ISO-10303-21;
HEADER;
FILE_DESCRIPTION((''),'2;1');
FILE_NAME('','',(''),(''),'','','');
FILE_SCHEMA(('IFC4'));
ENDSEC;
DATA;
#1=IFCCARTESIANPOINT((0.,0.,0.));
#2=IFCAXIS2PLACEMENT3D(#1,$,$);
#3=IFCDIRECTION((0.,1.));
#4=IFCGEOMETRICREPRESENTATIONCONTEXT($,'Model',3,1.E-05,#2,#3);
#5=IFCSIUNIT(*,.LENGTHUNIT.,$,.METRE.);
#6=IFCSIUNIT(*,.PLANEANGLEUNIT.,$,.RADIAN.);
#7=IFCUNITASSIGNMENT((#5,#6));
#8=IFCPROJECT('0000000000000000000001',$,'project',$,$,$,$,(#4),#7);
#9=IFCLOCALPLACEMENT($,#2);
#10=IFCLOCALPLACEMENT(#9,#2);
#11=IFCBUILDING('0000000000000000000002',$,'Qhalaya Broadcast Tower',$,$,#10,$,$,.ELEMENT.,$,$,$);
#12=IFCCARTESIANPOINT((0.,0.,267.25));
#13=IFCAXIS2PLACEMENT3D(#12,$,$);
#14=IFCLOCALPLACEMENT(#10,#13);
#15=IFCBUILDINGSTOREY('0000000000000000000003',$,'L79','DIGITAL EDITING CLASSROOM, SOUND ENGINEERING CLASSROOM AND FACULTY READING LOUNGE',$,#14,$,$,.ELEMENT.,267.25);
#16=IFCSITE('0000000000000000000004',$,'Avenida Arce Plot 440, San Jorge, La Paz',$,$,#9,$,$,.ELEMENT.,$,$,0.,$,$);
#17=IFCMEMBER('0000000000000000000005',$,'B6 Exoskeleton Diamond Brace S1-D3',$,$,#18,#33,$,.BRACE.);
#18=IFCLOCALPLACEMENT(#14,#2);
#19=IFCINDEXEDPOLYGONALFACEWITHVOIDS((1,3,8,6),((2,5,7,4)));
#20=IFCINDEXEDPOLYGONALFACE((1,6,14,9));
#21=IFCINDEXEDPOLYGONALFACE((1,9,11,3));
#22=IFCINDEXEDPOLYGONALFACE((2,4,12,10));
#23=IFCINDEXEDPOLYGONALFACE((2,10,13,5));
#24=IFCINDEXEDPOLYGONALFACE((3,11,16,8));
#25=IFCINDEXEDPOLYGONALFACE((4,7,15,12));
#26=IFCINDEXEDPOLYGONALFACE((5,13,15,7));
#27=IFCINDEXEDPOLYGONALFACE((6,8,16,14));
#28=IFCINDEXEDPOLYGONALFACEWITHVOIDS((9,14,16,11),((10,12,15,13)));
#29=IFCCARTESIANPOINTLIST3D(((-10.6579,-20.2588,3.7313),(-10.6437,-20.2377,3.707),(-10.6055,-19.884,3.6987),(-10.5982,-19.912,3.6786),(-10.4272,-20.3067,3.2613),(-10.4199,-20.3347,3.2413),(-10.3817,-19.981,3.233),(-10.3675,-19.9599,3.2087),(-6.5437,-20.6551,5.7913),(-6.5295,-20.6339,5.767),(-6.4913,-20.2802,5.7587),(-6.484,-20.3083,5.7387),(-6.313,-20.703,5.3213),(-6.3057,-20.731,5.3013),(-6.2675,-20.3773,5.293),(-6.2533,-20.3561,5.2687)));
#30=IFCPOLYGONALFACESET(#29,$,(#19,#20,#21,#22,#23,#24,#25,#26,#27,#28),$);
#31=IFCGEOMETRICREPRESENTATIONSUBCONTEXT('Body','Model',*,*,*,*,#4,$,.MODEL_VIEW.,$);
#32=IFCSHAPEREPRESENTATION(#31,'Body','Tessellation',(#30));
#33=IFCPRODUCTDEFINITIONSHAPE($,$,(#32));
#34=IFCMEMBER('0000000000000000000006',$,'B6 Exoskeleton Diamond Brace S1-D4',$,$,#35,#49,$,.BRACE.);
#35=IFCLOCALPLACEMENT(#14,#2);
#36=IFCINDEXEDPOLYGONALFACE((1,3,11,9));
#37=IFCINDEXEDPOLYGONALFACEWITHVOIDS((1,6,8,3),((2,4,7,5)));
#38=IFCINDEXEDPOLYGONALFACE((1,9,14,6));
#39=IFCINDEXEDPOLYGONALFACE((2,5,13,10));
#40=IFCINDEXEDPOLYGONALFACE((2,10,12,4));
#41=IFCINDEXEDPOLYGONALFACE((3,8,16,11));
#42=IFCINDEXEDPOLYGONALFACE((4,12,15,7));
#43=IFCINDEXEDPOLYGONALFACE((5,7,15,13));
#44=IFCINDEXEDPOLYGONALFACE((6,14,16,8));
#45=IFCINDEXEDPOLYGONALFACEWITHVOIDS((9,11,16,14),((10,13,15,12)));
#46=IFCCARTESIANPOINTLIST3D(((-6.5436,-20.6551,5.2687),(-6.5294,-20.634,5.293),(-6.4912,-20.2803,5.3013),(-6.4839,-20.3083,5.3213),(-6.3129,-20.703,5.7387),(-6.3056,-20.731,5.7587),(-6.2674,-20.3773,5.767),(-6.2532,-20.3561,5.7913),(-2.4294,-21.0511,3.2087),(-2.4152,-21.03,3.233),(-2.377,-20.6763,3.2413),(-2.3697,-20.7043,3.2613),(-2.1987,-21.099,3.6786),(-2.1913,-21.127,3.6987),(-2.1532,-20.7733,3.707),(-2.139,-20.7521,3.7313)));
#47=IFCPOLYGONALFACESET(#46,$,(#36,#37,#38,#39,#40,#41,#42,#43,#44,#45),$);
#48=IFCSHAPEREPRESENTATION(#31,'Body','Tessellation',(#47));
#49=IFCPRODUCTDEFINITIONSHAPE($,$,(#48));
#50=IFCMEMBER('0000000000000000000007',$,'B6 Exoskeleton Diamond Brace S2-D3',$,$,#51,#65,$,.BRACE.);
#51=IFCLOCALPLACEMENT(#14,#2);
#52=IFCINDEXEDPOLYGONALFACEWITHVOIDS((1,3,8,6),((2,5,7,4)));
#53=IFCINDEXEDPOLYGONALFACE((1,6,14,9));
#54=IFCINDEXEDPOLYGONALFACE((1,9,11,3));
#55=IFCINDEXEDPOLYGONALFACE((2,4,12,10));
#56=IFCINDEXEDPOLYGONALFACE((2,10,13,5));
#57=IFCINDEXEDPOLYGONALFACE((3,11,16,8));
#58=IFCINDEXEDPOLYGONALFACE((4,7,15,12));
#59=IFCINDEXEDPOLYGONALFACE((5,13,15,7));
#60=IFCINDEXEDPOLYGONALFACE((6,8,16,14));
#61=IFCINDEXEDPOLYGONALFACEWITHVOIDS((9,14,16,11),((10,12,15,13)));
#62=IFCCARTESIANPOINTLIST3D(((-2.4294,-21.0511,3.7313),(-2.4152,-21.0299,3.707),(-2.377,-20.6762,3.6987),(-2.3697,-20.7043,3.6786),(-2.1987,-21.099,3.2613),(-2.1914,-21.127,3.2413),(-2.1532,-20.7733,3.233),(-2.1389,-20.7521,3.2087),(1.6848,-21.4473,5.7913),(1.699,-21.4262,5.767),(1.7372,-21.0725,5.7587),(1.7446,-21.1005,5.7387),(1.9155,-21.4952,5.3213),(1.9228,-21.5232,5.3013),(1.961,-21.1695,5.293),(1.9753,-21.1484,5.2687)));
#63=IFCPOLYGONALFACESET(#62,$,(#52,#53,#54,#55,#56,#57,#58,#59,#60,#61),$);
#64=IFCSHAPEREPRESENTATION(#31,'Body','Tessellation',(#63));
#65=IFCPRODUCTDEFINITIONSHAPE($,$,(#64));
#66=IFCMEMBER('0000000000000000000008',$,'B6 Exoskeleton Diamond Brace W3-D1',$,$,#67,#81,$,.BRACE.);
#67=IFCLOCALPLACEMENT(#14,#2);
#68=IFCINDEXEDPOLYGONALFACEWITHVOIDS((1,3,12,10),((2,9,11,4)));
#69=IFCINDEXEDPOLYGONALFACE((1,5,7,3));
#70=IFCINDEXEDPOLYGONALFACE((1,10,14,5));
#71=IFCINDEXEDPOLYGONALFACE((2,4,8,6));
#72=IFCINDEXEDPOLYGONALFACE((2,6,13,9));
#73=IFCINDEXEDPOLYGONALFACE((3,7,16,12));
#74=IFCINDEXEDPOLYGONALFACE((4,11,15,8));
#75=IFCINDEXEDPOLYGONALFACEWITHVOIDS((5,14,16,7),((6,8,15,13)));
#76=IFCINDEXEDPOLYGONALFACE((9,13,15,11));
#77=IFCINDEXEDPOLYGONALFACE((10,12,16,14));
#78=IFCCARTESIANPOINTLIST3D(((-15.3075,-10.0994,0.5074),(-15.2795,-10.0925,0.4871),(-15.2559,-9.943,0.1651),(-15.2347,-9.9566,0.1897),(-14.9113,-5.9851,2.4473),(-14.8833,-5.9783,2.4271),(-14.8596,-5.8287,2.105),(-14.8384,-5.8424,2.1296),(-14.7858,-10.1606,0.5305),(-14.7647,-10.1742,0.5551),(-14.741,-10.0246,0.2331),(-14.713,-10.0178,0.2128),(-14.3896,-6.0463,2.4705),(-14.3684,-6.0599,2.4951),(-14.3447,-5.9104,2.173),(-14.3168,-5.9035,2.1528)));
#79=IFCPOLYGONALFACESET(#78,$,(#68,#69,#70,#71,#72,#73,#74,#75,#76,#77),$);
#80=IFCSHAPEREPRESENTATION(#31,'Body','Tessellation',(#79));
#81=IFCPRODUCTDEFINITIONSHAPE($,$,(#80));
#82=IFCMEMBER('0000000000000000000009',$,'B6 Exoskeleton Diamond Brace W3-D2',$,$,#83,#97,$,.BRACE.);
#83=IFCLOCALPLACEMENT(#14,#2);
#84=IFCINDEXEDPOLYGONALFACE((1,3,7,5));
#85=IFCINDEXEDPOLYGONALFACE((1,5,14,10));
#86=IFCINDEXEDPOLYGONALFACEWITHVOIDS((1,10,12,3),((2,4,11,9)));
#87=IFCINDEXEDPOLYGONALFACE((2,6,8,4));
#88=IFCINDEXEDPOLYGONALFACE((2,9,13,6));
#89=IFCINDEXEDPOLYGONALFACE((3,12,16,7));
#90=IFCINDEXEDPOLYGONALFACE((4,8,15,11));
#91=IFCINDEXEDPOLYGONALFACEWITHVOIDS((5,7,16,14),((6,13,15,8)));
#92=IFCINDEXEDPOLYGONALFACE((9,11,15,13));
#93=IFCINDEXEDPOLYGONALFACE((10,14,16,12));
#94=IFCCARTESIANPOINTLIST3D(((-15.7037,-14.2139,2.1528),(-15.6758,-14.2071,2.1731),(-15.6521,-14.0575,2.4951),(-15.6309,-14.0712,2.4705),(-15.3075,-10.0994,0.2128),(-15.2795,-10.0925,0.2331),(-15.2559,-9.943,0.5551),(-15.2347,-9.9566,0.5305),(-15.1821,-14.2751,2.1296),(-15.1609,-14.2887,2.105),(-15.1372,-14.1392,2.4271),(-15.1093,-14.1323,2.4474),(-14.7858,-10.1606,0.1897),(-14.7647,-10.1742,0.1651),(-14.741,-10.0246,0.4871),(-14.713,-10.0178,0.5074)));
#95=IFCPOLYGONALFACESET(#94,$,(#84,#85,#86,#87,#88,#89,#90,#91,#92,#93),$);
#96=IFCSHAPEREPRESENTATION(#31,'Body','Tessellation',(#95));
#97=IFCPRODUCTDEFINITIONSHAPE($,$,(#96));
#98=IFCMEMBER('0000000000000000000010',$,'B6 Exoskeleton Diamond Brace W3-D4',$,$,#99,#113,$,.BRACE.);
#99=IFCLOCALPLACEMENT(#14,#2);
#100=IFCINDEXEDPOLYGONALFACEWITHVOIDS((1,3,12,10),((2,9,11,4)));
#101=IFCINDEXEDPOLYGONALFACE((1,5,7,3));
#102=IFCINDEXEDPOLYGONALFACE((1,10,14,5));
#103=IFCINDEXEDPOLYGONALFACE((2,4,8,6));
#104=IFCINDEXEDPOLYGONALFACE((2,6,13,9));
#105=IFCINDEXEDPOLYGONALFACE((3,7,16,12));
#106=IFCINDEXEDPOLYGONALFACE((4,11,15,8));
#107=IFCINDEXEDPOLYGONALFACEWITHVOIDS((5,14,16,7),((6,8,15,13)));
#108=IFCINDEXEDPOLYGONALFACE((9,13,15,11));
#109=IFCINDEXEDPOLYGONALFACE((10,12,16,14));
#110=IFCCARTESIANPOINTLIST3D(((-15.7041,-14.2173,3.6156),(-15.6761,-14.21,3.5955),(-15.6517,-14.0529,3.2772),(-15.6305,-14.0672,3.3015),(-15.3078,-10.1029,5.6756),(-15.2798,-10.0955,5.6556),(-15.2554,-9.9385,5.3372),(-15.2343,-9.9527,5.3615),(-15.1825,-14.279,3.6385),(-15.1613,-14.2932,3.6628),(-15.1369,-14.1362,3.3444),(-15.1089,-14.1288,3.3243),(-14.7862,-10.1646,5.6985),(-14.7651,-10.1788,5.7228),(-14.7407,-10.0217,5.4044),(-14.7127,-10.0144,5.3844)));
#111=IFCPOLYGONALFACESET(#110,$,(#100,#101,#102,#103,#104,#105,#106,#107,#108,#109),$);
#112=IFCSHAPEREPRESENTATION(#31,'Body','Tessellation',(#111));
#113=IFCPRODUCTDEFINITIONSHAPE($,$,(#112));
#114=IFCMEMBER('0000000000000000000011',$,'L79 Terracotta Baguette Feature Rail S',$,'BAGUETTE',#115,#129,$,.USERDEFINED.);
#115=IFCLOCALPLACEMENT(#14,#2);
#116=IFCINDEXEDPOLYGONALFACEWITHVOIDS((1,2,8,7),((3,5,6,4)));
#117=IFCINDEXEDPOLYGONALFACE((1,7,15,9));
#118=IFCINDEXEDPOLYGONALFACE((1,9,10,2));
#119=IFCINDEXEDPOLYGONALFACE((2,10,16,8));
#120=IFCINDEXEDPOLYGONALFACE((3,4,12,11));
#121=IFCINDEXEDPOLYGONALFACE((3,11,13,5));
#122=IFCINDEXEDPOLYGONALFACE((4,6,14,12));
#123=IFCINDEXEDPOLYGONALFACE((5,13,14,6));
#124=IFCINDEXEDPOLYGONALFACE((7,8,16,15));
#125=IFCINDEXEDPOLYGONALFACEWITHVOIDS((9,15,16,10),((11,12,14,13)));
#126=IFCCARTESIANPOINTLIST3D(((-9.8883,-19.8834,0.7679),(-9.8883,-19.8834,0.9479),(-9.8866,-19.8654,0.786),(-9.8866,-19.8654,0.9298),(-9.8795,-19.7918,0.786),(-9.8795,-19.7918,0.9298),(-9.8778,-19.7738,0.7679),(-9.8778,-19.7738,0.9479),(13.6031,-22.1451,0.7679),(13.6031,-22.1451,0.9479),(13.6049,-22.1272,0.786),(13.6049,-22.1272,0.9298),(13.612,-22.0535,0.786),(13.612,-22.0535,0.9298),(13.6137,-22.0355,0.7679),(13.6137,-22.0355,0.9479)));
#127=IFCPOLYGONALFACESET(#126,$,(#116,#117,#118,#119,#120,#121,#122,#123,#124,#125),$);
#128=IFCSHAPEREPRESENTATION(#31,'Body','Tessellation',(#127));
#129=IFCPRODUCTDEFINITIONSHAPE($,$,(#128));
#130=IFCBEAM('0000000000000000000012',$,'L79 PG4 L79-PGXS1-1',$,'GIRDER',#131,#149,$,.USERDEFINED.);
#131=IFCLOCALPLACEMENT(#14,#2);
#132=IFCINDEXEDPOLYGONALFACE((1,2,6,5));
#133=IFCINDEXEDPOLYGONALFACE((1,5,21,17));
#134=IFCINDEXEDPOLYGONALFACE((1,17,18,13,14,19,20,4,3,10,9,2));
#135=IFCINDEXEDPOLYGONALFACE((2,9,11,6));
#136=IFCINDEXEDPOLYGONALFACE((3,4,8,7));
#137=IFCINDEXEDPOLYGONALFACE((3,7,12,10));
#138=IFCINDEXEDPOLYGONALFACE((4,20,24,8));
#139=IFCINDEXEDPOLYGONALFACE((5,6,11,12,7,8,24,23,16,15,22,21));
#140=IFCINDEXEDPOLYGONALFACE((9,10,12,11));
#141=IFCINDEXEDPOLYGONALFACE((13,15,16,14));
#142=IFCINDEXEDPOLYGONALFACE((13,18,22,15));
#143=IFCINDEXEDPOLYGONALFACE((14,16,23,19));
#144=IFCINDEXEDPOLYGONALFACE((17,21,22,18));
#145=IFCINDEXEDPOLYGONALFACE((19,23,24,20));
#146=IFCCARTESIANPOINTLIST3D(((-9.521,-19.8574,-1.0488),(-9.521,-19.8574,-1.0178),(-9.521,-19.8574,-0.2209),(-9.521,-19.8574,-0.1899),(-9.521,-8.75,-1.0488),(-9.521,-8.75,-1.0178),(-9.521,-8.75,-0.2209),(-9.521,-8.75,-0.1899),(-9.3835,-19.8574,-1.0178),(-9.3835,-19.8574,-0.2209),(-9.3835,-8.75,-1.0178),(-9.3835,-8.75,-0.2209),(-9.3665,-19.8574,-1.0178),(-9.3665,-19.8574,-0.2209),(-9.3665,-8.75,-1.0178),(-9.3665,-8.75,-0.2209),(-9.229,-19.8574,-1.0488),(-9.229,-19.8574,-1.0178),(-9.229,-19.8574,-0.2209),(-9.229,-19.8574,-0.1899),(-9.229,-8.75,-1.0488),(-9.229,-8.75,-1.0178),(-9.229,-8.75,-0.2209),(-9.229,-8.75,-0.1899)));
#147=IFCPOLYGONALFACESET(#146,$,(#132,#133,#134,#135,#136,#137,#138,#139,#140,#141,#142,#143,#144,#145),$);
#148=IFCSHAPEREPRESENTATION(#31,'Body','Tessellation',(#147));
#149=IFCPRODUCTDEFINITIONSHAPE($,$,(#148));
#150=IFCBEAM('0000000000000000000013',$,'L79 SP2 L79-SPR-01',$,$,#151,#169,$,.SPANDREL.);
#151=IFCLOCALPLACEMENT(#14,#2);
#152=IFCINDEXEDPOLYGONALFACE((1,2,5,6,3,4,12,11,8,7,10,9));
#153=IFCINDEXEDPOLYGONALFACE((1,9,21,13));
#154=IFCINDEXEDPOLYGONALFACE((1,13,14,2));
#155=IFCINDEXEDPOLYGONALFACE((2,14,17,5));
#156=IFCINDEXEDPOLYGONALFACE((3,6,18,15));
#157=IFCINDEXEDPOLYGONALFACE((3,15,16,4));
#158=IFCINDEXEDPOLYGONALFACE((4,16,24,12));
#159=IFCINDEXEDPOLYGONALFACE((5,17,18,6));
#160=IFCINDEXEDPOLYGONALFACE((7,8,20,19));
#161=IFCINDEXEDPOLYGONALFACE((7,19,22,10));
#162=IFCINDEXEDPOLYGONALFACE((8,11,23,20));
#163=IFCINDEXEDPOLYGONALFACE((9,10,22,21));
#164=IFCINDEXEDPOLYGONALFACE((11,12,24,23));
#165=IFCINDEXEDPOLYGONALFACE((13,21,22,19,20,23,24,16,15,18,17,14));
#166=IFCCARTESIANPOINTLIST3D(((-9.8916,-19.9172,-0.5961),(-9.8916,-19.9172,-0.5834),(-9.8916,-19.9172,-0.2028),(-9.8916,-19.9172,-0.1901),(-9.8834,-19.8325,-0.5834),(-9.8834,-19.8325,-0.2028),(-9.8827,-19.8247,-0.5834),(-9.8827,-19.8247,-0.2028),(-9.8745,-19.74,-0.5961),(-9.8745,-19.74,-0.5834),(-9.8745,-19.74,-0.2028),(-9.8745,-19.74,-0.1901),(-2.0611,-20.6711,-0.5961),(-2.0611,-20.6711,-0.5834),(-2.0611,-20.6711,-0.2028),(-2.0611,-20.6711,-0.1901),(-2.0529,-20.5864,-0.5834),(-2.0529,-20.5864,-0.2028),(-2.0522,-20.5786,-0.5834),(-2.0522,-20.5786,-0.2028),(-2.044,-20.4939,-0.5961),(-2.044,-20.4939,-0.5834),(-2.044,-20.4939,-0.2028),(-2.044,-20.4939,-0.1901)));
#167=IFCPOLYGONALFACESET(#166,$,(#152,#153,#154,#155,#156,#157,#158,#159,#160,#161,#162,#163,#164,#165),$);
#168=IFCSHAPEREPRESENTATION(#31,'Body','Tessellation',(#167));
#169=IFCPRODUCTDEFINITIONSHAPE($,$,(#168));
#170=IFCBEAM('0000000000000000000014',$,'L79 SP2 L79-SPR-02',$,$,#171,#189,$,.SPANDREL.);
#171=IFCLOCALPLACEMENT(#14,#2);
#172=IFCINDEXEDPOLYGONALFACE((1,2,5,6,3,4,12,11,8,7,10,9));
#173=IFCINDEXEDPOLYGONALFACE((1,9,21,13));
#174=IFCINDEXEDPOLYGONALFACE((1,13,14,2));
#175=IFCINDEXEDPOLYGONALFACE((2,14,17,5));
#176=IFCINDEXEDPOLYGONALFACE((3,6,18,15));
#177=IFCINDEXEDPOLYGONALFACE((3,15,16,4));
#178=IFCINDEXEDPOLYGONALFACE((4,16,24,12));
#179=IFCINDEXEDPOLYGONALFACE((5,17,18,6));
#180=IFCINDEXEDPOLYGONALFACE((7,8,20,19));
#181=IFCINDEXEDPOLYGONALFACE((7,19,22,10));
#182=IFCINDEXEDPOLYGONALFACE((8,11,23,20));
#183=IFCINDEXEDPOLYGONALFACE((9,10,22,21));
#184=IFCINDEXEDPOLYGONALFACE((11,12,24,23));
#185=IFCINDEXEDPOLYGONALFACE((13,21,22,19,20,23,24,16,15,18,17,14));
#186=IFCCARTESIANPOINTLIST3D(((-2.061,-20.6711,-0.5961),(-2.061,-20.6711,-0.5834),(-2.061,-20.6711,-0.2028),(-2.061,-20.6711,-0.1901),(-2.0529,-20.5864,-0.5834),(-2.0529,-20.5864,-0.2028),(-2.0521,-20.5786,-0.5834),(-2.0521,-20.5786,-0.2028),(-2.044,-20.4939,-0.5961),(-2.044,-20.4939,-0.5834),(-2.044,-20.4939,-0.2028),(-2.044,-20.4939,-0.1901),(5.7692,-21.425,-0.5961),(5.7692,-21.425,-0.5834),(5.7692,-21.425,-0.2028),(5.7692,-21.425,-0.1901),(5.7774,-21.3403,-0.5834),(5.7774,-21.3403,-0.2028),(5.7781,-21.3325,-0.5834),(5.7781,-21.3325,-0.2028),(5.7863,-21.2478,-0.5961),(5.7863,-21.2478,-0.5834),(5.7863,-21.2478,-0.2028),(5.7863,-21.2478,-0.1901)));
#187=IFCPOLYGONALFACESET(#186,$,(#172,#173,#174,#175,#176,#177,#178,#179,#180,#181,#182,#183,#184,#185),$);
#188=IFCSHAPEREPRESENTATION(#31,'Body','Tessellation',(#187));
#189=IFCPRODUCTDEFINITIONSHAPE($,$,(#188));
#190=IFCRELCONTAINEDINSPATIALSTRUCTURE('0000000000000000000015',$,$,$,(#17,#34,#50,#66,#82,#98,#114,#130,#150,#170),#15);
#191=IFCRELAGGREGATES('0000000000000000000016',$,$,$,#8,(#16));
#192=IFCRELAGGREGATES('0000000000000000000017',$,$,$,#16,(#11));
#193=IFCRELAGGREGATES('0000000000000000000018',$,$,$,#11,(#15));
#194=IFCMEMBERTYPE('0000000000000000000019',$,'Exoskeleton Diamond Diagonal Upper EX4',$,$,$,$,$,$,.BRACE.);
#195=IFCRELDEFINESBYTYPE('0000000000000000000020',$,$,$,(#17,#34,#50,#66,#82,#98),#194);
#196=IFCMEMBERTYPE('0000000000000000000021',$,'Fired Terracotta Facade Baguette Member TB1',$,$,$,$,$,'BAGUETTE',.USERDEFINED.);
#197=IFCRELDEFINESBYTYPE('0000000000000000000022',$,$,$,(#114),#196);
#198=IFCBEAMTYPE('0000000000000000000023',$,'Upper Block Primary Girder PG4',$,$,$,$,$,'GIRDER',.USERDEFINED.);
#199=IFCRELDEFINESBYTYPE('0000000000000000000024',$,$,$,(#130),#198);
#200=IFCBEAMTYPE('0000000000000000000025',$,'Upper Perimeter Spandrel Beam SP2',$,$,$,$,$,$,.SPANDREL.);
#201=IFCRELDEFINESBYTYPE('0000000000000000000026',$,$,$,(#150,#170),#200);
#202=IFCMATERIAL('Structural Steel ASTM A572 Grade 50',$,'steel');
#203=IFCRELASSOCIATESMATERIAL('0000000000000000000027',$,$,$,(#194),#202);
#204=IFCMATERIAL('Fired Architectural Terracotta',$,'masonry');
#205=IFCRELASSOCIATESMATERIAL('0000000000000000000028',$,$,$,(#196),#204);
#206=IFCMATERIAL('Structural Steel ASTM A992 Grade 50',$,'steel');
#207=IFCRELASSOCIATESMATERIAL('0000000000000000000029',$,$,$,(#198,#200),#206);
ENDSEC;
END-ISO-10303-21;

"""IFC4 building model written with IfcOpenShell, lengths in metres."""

from ifc_helpers import new_model, si_unit, direction, frame, origin, origin_2d, place, context, subcontext, project, spatial, hollow_rectangle, i_section, extrude, material, material_profile, profile_set, type_object, element, save


model = new_model("IFC4")

# Units and contexts
model_context = context("Model", 3, precision=1e-05, world=origin(), true_north=direction((0.0, 1.0)))
body_context = subcontext(model_context, "Body", "Model", "MODEL_VIEW")
ifc_project = project(units=[si_unit("LENGTHUNIT", "METRE"), si_unit("PLANEANGLEUNIT", "RADIAN")], contexts=[model_context])

# Site, building, storey
site_placement = place(None, origin())
site = spatial("IfcSite", under=ifc_project, at=site_placement, Name="Avenida Arce Plot 440, San Jorge, La Paz", CompositionType="ELEMENT", RefElevation=0.0)
building_placement = place(site_placement, origin())
building = spatial("IfcBuilding", under=site, at=building_placement, Name="Qhalaya Broadcast Tower", CompositionType="ELEMENT")
storey_placement = place(building_placement, frame((0.0, 0.0, 267.25)))
storey = spatial("IfcBuildingStorey", under=building, at=storey_placement, Name="L79", Description="DIGITAL EDITING CLASSROOM, SOUND ENGINEERING CLASSROOM AND FACULTY READING LOUNGE", CompositionType="ELEMENT", Elevation=267.25)

# Shared definitions
ifc_material_1 = material(Name="Structural Steel ASTM A572 Grade 50", Category="steel")

# Shared definitions
ifc_material_2 = material(Name="Structural Steel ASTM A992 Grade 50", Category="steel")

# Members
ifc_material_profile_1 = material_profile(ifc_material_1, hollow_rectangle(XDim=0.3799, YDim=0.55, WallThickness=0.0249, at=origin_2d()), Name="BOX 380x550x25")
ifc_profile_set_1 = profile_set([ifc_material_profile_1], Name="Structural Steel ASTM A572 Grade 50")
member_type_1 = type_object("IfcMemberType", Name="Exoskeleton Diamond Diagonal Upper EX4", PredefinedType="BRACE", material=ifc_profile_set_1)
for number, where, z_axis, x_axis, name in (
    (1, (-10.5127, -20.1094, 3.47), (0.890875, -0.085799, 0.446072), (0.137981, 0.986713, -0.085782), "B6 Exoskeleton Diamond Brace S1-D3"),
    (2, (-2.2842, -20.9016, 3.47), (-0.890879, 0.085747, 0.446074), (-0.137923, -0.986721, -0.085782), "B6 Exoskeleton Diamond Brace S1-D4"),
    (3, (-2.2842, -20.9016, 3.47), (0.890875, -0.085799, 0.446072), (0.137981, 0.986713, -0.085782), "B6 Exoskeleton Diamond Brace S2-D3"),
):
    element("IfcMember", number, at=place(storey_placement, frame(where, z_axis=z_axis, x_axis=x_axis)), inside=storey, type_object=member_type_1, Name=name, PredefinedType="BRACE", context=body_context, shape_type="SweptSolid", body=[
        extrude(hollow_rectangle(XDim=0.3799, YDim=0.55, WallThickness=0.0249, at=origin_2d()), origin(), (0.0, 0.0, 1.0), 4.6182),
    ])
member_1_placement = place(storey_placement, frame((-15.0103, -10.0586, 0.3601), z_axis=(0.086782, 0.901082, 0.424875), x_axis=(-0.135948, -0.411783, 0.901084)))
element("IfcMember", 4, at=member_1_placement, inside=storey, type_object=member_type_1, Name="B6 Exoskeleton Diamond Brace W3-D1", PredefinedType="BRACE", context=body_context, shape_type="SweptSolid", body=[
    extrude(hollow_rectangle(XDim=0.3799, YDim=0.55, WallThickness=0.0249, at=origin_2d()), origin(), (0.0, 0.0, 1.0), 4.5659),
])
member_2_placement = place(storey_placement, frame((-15.0103, -10.0586, 0.3601), z_axis=(-0.086778, -0.901093, 0.424855), x_axis=(0.135943, 0.411764, 0.901094)))
element("IfcMember", 5, at=member_2_placement, inside=storey, type_object=member_type_1, Name="B6 Exoskeleton Diamond Brace W3-D2", PredefinedType="BRACE", context=body_context, shape_type="SweptSolid", body=[
    extrude(hollow_rectangle(XDim=0.3799, YDim=0.55, WallThickness=0.0249, at=origin_2d()), origin(), (0.0, 0.0, 1.0), 4.5662),
])
member_3_placement = place(storey_placement, frame((-15.4065, -14.1731, 3.47), z_axis=(0.085795, 0.890886, 0.446051), x_axis=(-0.137966, -0.432765, 0.890887)))
element("IfcMember", 6, at=member_3_placement, inside=storey, type_object=member_type_1, Name="B6 Exoskeleton Diamond Brace W3-D4", PredefinedType="BRACE", context=body_context, shape_type="SweptSolid", body=[
    extrude(hollow_rectangle(XDim=0.3799, YDim=0.55, WallThickness=0.0249, at=origin_2d()), origin(), (0.0, 0.0, 1.0), 4.6184),
])
ifc_material_3 = material(Name="Fired Architectural Terracotta", Category="masonry")
ifc_material_profile_2 = material_profile(ifc_material_3, hollow_rectangle(XDim=0.1101, YDim=0.1799, WallThickness=0.0181, at=origin_2d()), Name="TB-BAG 110x180x18")
ifc_profile_set_2 = profile_set([ifc_material_profile_2], Name="Fired Architectural Terracotta")
member_type_2 = type_object("IfcMemberType", Name="Fired Terracotta Facade Baguette Member TB1", ElementType="BAGUETTE", PredefinedType="USERDEFINED", material=ifc_profile_set_2)
member_4_placement = place(storey_placement, frame((-9.8831, -19.8286, 0.8579), z_axis=(0.995397, -0.095835, 0.0), x_axis=(0.095835, 0.995397, 0.0)))
element("IfcMember", 7, at=member_4_placement, inside=storey, type_object=member_type_2, Name="L79 Terracotta Baguette Feature Rail S", ObjectType="BAGUETTE", PredefinedType="USERDEFINED", context=body_context, shape_type="SweptSolid", body=[
    extrude(hollow_rectangle(XDim=0.1101, YDim=0.1799, WallThickness=0.0181, at=origin_2d()), origin(), (0.0, 0.0, 1.0), 23.6001),
])

# Beams
ifc_material_profile_3 = material_profile(ifc_material_2, i_section(OverallWidth=0.292, OverallDepth=0.8589, WebThickness=0.0171, FlangeThickness=0.031, at=origin_2d()), Name="W33X169")
ifc_profile_set_3 = profile_set([ifc_material_profile_3], Name="Structural Steel ASTM A992 Grade 50")
beam_type_1 = type_object("IfcBeamType", Name="Upper Block Primary Girder PG4", ElementType="GIRDER", PredefinedType="USERDEFINED", material=ifc_profile_set_3)
beam_1_placement = place(storey_placement, frame((-9.375, -19.8574, -0.6194), z_axis=(0.0, 1.0, 0.0), x_axis=(-1.0, 0.0, 0.0)))
element("IfcBeam", 8, at=beam_1_placement, inside=storey, type_object=beam_type_1, Name="L79 PG4 L79-PGXS1-1", ObjectType="GIRDER", PredefinedType="USERDEFINED", context=body_context, shape_type="SweptSolid", body=[
    extrude(i_section(OverallWidth=0.292, OverallDepth=0.8589, WebThickness=0.0171, FlangeThickness=0.031, at=origin_2d()), origin(), (0.0, 0.0, 1.0), 11.1074),
])
ifc_material_profile_4 = material_profile(ifc_material_2, i_section(OverallWidth=0.178, OverallDepth=0.406, WebThickness=0.0078, FlangeThickness=0.0127, at=origin_2d()), Name="W16X40")
ifc_profile_set_4 = profile_set([ifc_material_profile_4], Name="Structural Steel ASTM A992 Grade 50")
beam_type_2 = type_object("IfcBeamType", Name="Upper Perimeter Spandrel Beam SP2", PredefinedType="SPANDREL", material=ifc_profile_set_4)
beam_2_placement = place(storey_placement, frame((-9.8831, -19.8286, -0.3931), z_axis=(0.995397, -0.095834, 0.0), x_axis=(0.095834, 0.995397, 0.0)))
element("IfcBeam", 9, at=beam_2_placement, inside=storey, type_object=beam_type_2, Name="L79 SP2 L79-SPR-01", PredefinedType="SPANDREL", context=body_context, shape_type="SweptSolid", body=[
    extrude(i_section(OverallWidth=0.178, OverallDepth=0.406, WebThickness=0.0078, FlangeThickness=0.0127, at=origin_2d()), origin(), (0.0, 0.0, 1.0), 7.8667),
])
beam_3_placement = place(storey_placement, frame((-2.0525, -20.5825, -0.3931), z_axis=(0.995397, -0.095837, 0.0), x_axis=(0.095837, 0.995397, 0.0)))
element("IfcBeam", 10, at=beam_3_placement, inside=storey, type_object=beam_type_2, Name="L79 SP2 L79-SPR-02", PredefinedType="SPANDREL", context=body_context, shape_type="SweptSolid", body=[
    extrude(i_section(OverallWidth=0.178, OverallDepth=0.406, WebThickness=0.0078, FlangeThickness=0.0127, at=origin_2d()), origin(), (0.0, 0.0, 1.0), 7.8665),
])

save(model, "model.ifc")
